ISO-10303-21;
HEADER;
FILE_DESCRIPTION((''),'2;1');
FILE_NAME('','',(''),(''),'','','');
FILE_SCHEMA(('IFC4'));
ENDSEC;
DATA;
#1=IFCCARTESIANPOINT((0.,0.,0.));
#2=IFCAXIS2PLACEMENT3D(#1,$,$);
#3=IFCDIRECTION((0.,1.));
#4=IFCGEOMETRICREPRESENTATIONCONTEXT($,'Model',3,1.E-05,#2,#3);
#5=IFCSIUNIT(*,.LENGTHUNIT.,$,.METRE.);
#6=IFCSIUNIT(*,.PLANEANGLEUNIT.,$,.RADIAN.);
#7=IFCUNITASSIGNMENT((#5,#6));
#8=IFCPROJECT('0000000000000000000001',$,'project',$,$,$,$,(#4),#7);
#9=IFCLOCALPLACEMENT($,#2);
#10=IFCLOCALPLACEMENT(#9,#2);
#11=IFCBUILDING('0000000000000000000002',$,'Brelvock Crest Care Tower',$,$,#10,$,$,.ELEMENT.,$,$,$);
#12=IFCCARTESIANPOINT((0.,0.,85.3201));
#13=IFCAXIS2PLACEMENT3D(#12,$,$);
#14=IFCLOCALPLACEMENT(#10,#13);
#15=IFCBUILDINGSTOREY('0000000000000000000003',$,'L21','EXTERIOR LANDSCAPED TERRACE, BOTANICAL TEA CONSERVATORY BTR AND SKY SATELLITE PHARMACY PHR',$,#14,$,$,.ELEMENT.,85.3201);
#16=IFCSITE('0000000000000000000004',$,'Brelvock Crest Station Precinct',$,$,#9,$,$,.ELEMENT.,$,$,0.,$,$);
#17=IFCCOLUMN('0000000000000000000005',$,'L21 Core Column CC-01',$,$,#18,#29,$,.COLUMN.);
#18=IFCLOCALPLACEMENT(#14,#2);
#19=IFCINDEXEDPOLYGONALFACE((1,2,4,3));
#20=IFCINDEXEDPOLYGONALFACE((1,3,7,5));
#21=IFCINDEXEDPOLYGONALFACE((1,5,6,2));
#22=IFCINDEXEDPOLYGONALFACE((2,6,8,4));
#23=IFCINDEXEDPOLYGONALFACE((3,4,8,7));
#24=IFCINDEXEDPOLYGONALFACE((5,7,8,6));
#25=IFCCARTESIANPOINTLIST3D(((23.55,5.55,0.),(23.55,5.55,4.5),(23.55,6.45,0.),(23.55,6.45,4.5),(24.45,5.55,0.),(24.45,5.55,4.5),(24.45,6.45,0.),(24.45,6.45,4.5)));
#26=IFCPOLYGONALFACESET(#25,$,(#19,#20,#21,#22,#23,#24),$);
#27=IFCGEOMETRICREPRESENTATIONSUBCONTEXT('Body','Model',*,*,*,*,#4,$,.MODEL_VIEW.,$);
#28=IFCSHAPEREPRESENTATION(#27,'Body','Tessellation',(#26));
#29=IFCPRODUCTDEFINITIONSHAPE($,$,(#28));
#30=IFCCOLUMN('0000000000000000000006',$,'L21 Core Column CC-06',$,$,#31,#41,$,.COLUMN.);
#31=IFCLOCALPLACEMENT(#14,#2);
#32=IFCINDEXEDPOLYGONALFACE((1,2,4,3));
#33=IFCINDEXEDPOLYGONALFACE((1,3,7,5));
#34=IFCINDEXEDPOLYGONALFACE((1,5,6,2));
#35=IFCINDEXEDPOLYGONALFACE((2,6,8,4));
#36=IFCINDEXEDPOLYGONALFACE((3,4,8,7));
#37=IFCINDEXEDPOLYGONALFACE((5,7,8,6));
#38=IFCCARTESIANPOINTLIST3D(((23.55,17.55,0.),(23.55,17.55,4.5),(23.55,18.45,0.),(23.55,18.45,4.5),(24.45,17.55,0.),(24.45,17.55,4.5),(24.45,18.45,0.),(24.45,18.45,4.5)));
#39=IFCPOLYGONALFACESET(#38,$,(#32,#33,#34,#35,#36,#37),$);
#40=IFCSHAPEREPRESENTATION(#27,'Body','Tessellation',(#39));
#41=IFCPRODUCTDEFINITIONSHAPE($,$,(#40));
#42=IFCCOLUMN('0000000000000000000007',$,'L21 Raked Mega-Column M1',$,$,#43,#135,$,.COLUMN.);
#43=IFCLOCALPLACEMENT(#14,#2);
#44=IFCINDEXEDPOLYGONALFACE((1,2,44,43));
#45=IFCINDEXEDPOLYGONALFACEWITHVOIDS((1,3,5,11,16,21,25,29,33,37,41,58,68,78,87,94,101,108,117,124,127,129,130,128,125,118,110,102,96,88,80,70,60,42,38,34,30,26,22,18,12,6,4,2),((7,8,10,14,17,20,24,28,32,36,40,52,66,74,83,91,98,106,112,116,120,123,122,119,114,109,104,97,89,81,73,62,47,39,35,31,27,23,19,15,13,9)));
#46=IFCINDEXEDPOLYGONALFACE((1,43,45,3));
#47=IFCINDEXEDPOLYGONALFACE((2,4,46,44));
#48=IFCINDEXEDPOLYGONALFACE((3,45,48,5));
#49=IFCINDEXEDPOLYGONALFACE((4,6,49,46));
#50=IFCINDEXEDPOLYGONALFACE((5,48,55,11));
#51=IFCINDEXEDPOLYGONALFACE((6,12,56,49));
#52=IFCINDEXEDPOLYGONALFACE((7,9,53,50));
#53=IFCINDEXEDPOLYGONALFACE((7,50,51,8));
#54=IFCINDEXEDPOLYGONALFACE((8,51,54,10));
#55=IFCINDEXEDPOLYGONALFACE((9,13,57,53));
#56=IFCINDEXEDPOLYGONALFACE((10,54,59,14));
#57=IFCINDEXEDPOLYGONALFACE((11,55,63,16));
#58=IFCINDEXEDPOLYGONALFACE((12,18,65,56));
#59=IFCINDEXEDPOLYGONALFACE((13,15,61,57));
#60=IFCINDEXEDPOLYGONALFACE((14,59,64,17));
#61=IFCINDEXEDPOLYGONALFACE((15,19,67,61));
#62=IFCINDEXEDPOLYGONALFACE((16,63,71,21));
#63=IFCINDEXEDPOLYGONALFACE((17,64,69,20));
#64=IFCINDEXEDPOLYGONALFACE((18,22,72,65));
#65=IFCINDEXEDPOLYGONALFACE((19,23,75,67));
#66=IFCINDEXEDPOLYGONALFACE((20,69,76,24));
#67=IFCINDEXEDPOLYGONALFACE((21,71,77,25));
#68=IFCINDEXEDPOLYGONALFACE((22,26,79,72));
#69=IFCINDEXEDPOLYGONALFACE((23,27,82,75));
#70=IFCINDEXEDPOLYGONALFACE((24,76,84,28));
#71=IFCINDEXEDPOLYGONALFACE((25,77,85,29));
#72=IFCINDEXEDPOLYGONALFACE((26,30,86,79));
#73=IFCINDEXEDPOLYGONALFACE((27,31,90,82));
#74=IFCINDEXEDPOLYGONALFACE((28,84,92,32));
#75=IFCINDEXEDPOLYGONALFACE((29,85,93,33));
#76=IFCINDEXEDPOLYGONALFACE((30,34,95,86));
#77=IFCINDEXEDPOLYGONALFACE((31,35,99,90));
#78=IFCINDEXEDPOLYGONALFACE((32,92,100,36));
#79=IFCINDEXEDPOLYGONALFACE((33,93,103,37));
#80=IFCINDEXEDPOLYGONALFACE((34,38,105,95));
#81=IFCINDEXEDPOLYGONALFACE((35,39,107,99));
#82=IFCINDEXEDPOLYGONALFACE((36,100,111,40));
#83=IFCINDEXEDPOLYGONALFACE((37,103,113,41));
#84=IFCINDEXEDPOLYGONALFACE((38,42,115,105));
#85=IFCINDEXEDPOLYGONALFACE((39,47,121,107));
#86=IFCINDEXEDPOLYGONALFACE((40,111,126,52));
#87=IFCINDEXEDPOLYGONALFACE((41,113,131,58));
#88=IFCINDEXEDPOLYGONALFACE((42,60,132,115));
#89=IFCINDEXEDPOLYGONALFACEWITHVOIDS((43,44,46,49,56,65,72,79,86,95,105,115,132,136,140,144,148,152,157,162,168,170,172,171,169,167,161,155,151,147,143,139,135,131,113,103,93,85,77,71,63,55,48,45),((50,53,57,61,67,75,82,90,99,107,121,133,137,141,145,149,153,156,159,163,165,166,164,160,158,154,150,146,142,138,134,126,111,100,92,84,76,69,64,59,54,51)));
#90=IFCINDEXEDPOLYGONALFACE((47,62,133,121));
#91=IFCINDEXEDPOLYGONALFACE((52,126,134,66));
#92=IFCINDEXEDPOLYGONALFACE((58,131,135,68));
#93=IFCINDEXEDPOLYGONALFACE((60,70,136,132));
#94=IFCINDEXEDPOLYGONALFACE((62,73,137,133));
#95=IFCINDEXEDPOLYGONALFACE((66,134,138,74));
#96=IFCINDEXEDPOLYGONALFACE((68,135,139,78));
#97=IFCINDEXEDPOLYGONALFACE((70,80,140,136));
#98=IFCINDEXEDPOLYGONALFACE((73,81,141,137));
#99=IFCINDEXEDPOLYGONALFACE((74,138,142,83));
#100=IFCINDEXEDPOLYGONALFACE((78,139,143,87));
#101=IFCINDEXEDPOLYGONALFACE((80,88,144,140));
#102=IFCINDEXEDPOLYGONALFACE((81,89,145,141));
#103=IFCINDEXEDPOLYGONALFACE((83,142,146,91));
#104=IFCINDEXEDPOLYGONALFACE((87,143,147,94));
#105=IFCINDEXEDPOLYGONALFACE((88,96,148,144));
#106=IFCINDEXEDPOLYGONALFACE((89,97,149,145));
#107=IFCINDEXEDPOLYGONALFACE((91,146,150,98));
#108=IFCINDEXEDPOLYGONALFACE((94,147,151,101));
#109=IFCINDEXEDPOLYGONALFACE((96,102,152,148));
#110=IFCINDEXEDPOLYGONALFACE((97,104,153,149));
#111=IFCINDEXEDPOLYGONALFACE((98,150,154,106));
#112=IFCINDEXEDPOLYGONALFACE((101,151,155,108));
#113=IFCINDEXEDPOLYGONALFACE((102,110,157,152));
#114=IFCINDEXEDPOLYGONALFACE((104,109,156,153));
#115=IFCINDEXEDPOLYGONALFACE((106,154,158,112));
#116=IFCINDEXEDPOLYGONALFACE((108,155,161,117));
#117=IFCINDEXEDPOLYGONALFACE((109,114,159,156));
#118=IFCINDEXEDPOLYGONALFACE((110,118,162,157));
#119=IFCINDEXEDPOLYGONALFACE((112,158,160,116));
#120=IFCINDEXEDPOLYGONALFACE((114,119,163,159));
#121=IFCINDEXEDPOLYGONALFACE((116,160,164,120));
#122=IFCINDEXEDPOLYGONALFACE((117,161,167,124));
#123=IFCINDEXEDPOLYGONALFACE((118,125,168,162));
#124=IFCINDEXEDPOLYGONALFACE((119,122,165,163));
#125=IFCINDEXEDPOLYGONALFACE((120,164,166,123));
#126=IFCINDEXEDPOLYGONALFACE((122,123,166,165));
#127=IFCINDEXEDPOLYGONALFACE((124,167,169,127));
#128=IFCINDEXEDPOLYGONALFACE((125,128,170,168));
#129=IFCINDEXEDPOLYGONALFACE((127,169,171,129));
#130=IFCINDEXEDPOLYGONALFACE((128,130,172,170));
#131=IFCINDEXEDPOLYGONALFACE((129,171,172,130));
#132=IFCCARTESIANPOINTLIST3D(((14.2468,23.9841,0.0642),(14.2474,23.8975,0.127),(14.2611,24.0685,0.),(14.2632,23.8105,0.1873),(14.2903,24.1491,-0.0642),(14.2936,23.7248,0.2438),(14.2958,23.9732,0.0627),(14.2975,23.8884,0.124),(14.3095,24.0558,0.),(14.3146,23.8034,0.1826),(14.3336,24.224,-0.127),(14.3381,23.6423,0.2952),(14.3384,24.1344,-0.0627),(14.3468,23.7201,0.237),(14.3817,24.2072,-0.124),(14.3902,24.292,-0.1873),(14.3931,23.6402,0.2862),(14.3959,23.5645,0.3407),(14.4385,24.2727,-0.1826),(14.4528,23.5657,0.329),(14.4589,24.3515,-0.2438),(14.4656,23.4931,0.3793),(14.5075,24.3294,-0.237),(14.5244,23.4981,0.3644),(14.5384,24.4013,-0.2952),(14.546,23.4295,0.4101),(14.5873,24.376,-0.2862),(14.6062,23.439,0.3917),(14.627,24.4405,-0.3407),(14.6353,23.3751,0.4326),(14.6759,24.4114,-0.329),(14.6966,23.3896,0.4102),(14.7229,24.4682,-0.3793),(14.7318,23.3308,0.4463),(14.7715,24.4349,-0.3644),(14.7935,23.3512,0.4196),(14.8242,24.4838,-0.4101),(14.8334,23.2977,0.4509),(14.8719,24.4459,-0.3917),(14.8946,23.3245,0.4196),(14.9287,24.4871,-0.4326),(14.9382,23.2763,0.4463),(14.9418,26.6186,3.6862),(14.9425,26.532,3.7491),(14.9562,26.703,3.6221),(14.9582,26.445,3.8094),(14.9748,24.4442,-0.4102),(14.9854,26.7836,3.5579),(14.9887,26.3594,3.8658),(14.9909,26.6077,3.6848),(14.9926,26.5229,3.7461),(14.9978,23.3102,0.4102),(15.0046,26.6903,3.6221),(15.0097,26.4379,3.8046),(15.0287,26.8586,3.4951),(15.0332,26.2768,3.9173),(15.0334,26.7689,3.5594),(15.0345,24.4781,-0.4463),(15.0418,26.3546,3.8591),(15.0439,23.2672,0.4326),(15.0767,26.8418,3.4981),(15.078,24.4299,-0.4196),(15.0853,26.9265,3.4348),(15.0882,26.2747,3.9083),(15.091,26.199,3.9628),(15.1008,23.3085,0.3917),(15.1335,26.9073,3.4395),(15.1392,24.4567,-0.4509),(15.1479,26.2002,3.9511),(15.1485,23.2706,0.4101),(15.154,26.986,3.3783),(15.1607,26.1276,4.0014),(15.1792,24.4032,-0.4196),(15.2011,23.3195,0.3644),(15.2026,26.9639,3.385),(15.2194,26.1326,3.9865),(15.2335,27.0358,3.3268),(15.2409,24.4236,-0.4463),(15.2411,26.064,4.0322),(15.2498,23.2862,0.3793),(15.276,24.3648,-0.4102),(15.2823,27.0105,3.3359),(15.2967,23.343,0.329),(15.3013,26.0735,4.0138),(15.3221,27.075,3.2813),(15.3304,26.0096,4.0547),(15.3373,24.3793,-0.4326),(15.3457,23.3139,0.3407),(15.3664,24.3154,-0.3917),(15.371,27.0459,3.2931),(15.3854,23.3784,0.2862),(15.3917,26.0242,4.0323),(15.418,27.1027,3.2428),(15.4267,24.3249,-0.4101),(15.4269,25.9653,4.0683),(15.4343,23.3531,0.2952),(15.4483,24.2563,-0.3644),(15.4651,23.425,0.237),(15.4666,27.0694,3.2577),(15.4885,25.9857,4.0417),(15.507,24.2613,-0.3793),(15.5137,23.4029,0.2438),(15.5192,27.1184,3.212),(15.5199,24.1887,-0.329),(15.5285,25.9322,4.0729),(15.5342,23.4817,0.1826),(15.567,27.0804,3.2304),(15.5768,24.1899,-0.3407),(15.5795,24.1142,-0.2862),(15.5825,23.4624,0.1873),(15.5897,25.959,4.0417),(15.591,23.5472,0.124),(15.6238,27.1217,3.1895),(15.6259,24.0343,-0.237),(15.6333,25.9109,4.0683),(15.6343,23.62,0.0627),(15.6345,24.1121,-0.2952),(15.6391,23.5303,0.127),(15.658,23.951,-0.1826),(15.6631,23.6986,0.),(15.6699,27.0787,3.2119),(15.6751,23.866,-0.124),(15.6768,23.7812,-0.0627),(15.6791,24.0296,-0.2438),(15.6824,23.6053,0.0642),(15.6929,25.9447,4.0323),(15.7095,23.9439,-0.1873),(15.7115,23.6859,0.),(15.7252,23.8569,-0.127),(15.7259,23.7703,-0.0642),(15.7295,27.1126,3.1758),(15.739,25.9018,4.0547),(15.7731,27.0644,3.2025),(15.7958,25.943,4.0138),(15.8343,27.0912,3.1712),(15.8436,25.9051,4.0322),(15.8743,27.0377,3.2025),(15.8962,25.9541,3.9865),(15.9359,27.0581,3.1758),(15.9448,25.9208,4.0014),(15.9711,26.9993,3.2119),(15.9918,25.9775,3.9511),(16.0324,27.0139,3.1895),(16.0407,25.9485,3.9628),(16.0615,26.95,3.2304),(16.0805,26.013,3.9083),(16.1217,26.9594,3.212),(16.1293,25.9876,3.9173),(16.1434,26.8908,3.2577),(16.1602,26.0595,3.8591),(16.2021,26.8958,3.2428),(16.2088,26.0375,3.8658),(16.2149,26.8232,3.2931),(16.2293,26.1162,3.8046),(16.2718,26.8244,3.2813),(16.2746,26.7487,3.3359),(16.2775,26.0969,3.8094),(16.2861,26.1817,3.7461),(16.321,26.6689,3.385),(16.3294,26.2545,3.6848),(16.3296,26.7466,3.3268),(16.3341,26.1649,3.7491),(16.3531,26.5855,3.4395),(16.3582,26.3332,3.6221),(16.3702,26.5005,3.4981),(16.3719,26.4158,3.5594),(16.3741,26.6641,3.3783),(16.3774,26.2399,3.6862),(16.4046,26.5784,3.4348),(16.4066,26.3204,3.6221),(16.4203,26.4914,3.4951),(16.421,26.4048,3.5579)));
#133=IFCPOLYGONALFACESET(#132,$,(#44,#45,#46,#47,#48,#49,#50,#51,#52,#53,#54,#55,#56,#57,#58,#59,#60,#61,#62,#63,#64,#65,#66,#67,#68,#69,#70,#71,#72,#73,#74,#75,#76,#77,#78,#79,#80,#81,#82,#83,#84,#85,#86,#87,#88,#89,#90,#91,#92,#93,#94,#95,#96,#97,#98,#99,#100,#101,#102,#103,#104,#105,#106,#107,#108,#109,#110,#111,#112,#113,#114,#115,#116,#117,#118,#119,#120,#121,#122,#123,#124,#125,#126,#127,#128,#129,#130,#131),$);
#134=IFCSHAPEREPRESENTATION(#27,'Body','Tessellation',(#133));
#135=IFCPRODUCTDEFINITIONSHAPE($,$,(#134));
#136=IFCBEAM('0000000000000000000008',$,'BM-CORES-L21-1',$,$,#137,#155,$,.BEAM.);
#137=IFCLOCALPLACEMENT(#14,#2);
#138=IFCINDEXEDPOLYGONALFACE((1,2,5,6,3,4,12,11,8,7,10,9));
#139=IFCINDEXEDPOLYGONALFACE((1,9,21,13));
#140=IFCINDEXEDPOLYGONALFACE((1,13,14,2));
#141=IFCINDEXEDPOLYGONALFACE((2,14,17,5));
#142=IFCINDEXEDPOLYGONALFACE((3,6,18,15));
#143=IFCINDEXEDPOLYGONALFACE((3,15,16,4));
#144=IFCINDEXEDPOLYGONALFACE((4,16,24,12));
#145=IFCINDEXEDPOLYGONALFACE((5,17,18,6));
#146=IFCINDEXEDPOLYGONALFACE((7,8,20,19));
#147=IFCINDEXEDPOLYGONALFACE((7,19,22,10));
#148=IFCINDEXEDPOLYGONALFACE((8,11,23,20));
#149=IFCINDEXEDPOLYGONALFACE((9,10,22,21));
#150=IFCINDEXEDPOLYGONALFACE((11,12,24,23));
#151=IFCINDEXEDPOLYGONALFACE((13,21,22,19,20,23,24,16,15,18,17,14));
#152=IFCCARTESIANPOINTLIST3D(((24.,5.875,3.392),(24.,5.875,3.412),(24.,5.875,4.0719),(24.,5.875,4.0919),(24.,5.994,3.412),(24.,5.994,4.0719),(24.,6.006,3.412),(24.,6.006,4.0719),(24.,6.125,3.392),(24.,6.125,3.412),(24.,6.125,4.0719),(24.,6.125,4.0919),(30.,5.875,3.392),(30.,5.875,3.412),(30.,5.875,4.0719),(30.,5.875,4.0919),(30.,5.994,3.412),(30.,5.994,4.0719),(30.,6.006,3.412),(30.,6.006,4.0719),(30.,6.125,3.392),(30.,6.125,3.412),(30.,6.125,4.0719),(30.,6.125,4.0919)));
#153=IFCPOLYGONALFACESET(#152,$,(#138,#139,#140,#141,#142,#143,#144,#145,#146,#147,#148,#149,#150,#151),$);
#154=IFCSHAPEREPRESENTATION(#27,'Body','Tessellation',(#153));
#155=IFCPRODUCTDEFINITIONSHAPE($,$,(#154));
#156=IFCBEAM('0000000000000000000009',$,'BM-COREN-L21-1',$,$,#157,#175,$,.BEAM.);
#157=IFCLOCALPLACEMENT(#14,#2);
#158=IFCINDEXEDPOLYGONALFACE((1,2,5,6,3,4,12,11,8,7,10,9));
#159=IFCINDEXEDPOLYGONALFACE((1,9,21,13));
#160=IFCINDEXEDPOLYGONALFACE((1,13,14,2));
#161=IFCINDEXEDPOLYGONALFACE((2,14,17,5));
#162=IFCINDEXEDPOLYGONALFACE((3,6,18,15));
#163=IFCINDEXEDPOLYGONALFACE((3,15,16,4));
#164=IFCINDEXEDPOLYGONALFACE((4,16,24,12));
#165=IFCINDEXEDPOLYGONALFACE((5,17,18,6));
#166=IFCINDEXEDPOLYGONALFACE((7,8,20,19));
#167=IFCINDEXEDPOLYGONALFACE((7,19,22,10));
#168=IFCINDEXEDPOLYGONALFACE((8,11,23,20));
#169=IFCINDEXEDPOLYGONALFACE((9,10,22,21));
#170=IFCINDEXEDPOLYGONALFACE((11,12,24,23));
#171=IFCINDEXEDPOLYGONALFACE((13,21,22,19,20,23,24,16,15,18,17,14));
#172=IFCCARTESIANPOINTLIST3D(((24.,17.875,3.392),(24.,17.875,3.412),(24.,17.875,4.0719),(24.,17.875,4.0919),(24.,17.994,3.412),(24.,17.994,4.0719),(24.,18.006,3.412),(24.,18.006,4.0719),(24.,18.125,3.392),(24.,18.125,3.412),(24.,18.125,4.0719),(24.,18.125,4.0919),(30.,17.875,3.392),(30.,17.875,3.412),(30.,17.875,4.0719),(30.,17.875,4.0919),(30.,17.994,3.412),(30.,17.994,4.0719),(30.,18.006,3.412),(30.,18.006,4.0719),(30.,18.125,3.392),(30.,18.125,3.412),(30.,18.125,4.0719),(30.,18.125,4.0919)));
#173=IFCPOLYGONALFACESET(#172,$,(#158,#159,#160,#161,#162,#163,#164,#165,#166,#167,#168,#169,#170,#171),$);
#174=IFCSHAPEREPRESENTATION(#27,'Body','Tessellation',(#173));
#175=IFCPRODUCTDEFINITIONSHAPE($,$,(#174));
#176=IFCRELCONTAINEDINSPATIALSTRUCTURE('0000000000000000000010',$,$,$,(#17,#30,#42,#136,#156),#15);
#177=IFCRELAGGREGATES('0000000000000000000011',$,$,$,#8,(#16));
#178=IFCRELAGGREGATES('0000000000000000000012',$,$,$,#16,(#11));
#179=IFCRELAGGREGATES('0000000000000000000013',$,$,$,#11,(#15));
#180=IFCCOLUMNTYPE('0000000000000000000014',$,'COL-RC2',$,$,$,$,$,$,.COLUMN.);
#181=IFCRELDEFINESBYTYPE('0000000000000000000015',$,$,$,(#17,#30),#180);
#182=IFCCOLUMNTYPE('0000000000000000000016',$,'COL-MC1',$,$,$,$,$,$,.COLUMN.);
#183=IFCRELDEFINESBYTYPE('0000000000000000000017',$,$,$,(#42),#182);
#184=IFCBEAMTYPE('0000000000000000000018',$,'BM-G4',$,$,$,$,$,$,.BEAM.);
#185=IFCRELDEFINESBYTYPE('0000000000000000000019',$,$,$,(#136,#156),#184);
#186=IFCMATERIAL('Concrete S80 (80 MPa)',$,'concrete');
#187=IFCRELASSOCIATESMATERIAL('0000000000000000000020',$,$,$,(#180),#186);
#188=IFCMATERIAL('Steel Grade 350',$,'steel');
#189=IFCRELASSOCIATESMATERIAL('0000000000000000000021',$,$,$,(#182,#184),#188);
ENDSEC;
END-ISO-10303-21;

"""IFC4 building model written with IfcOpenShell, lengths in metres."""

from ifc_helpers import new_model, si_unit, direction, frame, origin, origin_2d, place, context, subcontext, project, spatial, rectangle, hollow_circle, i_section, extrude, source, transform, mapped, material, material_profile, profile_set, type_object, element, save


model = new_model("IFC4")

# Units and contexts
model_context = context("Model", 3, precision=1e-05, world=origin(), true_north=direction((0.0, 1.0)))
body_context = subcontext(model_context, "Body", "Model", "MODEL_VIEW")
ifc_project = project(units=[si_unit("LENGTHUNIT", "METRE"), si_unit("PLANEANGLEUNIT", "RADIAN")], contexts=[model_context])

# Site, building, storey
site_placement = place(None, origin())
site = spatial("IfcSite", under=ifc_project, at=site_placement, Name="Brelvock Crest Station Precinct", CompositionType="ELEMENT", RefElevation=0.0)
building_placement = place(site_placement, origin())
building = spatial("IfcBuilding", under=site, at=building_placement, Name="Brelvock Crest Care Tower", CompositionType="ELEMENT")
storey_placement = place(building_placement, frame((0.0, 0.0, 85.3201)))
storey = spatial("IfcBuildingStorey", under=building, at=storey_placement, Name="L21", Description="EXTERIOR LANDSCAPED TERRACE, BOTANICAL TEA CONSERVATORY BTR AND SKY SATELLITE PHARMACY PHR", CompositionType="ELEMENT", Elevation=85.3201)

# Columns
ifc_material_1 = material(Name="Concrete S80 (80 MPa)", Category="concrete")
ifc_material_profile_1 = material_profile(ifc_material_1, rectangle(XDim=0.8999, YDim=0.8999, at=origin_2d()), Name="RC900x900")
ifc_profile_set_1 = profile_set([ifc_material_profile_1], Name="Concrete S80 (80 MPa)")
column_type_1 = type_object("IfcColumnType", Name="COL-RC2", PredefinedType="COLUMN", material=ifc_profile_set_1)
shared_shape_1 = source(origin(), body_context, "Body", "SweptSolid", [
    extrude(rectangle(XDim=0.8999, YDim=0.8999, at=origin_2d()), origin(), (0.0, 0.0, 1.0), 4.5),
])
for number, where, z_axis, x_axis, name in (
    (1, (24.0, 6.0, 0.0), (0.0, 0.0, 1.0), (1.0, 0.0, 0.0), "L21 Core Column CC-01"),
    (2, (24.0, 18.0, 0.0), (0.0, 0.0, 1.0), (1.0, 0.0, 0.0), "L21 Core Column CC-06"),
):
    element("IfcColumn", number, at=place(storey_placement, frame(where, z_axis=z_axis, x_axis=x_axis)), inside=storey, type_object=column_type_1, Name=name, PredefinedType="COLUMN", context=body_context, shape_type="MappedRepresentation", body=[
        mapped(shared_shape_1, transform((0.0, 0.0, 0.0), x_axis=(1.0, 0.0, 0.0), y_axis=(0.0, 1.0, 0.0), z_axis=(0.0, 0.0, 1.0), scale=1.0)),
    ])
ifc_material_2 = material(Name="Steel Grade 350", Category="steel")
ifc_material_profile_2 = material_profile(ifc_material_2, hollow_circle(Radius=0.75, WallThickness=0.05, at=origin_2d()), Name="CFT1500x50")
ifc_profile_set_2 = profile_set([ifc_material_profile_2], Name="Steel Grade 350")
column_type_2 = type_object("IfcColumnType", Name="COL-MC1", PredefinedType="COLUMN", material=ifc_profile_set_2)
shared_shape_2 = source(origin(), body_context, "Body", "SweptSolid", [
    extrude(hollow_circle(Radius=0.75, WallThickness=0.05, at=origin_2d()), origin(), (0.0, 0.0, 1.0), 4.5325),
])
column_placement = place(storey_placement, frame((14.9863, 23.8772, 0.0), z_axis=(0.153353, 0.581256, 0.79914), x_axis=(-0.966914, 0.255102, 0.0)))
element("IfcColumn", 3, at=column_placement, inside=storey, type_object=column_type_2, Name="L21 Raked Mega-Column M1", PredefinedType="COLUMN", context=body_context, shape_type="MappedRepresentation", body=[
    mapped(shared_shape_2, transform((0.0, 0.0, 0.0), x_axis=(1.0, 0.0, 0.0), y_axis=(0.0, 1.0, 0.0), z_axis=(0.0, 0.0, 1.0), scale=1.0)),
])

# Beams
ifc_material_profile_3 = material_profile(ifc_material_2, i_section(OverallWidth=0.25, OverallDepth=0.7, WebThickness=0.012, FlangeThickness=0.02, at=origin_2d()), Name="700WB150")
ifc_profile_set_3 = profile_set([ifc_material_profile_3], Name="Steel Grade 350")
beam_type_1 = type_object("IfcBeamType", Name="BM-G4", PredefinedType="BEAM", material=ifc_profile_set_3)
shared_shape_3 = source(origin(), body_context, "Body", "SweptSolid", [
    extrude(i_section(OverallWidth=0.25, OverallDepth=0.7, WebThickness=0.012, FlangeThickness=0.02, at=origin_2d()), origin(), (0.0, 0.0, 1.0), 6.0),
])
for number, where, z_axis, x_axis, name in (
    (4, (24.0, 6.0, 3.7419), (1.0, 0.0, 0.0), (0.0, 1.0, 0.0), "BM-CORES-L21-1"),
    (5, (24.0, 18.0, 3.7419), (1.0, 0.0, 0.0), (0.0, 1.0, 0.0), "BM-COREN-L21-1"),
):
    element("IfcBeam", number, at=place(storey_placement, frame(where, z_axis=z_axis, x_axis=x_axis)), inside=storey, type_object=beam_type_1, Name=name, PredefinedType="BEAM", context=body_context, shape_type="MappedRepresentation", body=[
        mapped(shared_shape_3, transform((0.0, 0.0, 0.0), x_axis=(1.0, 0.0, 0.0), y_axis=(0.0, 1.0, 0.0), z_axis=(0.0, 0.0, 1.0), scale=1.0)),
    ])

save(model, "model.ifc")
